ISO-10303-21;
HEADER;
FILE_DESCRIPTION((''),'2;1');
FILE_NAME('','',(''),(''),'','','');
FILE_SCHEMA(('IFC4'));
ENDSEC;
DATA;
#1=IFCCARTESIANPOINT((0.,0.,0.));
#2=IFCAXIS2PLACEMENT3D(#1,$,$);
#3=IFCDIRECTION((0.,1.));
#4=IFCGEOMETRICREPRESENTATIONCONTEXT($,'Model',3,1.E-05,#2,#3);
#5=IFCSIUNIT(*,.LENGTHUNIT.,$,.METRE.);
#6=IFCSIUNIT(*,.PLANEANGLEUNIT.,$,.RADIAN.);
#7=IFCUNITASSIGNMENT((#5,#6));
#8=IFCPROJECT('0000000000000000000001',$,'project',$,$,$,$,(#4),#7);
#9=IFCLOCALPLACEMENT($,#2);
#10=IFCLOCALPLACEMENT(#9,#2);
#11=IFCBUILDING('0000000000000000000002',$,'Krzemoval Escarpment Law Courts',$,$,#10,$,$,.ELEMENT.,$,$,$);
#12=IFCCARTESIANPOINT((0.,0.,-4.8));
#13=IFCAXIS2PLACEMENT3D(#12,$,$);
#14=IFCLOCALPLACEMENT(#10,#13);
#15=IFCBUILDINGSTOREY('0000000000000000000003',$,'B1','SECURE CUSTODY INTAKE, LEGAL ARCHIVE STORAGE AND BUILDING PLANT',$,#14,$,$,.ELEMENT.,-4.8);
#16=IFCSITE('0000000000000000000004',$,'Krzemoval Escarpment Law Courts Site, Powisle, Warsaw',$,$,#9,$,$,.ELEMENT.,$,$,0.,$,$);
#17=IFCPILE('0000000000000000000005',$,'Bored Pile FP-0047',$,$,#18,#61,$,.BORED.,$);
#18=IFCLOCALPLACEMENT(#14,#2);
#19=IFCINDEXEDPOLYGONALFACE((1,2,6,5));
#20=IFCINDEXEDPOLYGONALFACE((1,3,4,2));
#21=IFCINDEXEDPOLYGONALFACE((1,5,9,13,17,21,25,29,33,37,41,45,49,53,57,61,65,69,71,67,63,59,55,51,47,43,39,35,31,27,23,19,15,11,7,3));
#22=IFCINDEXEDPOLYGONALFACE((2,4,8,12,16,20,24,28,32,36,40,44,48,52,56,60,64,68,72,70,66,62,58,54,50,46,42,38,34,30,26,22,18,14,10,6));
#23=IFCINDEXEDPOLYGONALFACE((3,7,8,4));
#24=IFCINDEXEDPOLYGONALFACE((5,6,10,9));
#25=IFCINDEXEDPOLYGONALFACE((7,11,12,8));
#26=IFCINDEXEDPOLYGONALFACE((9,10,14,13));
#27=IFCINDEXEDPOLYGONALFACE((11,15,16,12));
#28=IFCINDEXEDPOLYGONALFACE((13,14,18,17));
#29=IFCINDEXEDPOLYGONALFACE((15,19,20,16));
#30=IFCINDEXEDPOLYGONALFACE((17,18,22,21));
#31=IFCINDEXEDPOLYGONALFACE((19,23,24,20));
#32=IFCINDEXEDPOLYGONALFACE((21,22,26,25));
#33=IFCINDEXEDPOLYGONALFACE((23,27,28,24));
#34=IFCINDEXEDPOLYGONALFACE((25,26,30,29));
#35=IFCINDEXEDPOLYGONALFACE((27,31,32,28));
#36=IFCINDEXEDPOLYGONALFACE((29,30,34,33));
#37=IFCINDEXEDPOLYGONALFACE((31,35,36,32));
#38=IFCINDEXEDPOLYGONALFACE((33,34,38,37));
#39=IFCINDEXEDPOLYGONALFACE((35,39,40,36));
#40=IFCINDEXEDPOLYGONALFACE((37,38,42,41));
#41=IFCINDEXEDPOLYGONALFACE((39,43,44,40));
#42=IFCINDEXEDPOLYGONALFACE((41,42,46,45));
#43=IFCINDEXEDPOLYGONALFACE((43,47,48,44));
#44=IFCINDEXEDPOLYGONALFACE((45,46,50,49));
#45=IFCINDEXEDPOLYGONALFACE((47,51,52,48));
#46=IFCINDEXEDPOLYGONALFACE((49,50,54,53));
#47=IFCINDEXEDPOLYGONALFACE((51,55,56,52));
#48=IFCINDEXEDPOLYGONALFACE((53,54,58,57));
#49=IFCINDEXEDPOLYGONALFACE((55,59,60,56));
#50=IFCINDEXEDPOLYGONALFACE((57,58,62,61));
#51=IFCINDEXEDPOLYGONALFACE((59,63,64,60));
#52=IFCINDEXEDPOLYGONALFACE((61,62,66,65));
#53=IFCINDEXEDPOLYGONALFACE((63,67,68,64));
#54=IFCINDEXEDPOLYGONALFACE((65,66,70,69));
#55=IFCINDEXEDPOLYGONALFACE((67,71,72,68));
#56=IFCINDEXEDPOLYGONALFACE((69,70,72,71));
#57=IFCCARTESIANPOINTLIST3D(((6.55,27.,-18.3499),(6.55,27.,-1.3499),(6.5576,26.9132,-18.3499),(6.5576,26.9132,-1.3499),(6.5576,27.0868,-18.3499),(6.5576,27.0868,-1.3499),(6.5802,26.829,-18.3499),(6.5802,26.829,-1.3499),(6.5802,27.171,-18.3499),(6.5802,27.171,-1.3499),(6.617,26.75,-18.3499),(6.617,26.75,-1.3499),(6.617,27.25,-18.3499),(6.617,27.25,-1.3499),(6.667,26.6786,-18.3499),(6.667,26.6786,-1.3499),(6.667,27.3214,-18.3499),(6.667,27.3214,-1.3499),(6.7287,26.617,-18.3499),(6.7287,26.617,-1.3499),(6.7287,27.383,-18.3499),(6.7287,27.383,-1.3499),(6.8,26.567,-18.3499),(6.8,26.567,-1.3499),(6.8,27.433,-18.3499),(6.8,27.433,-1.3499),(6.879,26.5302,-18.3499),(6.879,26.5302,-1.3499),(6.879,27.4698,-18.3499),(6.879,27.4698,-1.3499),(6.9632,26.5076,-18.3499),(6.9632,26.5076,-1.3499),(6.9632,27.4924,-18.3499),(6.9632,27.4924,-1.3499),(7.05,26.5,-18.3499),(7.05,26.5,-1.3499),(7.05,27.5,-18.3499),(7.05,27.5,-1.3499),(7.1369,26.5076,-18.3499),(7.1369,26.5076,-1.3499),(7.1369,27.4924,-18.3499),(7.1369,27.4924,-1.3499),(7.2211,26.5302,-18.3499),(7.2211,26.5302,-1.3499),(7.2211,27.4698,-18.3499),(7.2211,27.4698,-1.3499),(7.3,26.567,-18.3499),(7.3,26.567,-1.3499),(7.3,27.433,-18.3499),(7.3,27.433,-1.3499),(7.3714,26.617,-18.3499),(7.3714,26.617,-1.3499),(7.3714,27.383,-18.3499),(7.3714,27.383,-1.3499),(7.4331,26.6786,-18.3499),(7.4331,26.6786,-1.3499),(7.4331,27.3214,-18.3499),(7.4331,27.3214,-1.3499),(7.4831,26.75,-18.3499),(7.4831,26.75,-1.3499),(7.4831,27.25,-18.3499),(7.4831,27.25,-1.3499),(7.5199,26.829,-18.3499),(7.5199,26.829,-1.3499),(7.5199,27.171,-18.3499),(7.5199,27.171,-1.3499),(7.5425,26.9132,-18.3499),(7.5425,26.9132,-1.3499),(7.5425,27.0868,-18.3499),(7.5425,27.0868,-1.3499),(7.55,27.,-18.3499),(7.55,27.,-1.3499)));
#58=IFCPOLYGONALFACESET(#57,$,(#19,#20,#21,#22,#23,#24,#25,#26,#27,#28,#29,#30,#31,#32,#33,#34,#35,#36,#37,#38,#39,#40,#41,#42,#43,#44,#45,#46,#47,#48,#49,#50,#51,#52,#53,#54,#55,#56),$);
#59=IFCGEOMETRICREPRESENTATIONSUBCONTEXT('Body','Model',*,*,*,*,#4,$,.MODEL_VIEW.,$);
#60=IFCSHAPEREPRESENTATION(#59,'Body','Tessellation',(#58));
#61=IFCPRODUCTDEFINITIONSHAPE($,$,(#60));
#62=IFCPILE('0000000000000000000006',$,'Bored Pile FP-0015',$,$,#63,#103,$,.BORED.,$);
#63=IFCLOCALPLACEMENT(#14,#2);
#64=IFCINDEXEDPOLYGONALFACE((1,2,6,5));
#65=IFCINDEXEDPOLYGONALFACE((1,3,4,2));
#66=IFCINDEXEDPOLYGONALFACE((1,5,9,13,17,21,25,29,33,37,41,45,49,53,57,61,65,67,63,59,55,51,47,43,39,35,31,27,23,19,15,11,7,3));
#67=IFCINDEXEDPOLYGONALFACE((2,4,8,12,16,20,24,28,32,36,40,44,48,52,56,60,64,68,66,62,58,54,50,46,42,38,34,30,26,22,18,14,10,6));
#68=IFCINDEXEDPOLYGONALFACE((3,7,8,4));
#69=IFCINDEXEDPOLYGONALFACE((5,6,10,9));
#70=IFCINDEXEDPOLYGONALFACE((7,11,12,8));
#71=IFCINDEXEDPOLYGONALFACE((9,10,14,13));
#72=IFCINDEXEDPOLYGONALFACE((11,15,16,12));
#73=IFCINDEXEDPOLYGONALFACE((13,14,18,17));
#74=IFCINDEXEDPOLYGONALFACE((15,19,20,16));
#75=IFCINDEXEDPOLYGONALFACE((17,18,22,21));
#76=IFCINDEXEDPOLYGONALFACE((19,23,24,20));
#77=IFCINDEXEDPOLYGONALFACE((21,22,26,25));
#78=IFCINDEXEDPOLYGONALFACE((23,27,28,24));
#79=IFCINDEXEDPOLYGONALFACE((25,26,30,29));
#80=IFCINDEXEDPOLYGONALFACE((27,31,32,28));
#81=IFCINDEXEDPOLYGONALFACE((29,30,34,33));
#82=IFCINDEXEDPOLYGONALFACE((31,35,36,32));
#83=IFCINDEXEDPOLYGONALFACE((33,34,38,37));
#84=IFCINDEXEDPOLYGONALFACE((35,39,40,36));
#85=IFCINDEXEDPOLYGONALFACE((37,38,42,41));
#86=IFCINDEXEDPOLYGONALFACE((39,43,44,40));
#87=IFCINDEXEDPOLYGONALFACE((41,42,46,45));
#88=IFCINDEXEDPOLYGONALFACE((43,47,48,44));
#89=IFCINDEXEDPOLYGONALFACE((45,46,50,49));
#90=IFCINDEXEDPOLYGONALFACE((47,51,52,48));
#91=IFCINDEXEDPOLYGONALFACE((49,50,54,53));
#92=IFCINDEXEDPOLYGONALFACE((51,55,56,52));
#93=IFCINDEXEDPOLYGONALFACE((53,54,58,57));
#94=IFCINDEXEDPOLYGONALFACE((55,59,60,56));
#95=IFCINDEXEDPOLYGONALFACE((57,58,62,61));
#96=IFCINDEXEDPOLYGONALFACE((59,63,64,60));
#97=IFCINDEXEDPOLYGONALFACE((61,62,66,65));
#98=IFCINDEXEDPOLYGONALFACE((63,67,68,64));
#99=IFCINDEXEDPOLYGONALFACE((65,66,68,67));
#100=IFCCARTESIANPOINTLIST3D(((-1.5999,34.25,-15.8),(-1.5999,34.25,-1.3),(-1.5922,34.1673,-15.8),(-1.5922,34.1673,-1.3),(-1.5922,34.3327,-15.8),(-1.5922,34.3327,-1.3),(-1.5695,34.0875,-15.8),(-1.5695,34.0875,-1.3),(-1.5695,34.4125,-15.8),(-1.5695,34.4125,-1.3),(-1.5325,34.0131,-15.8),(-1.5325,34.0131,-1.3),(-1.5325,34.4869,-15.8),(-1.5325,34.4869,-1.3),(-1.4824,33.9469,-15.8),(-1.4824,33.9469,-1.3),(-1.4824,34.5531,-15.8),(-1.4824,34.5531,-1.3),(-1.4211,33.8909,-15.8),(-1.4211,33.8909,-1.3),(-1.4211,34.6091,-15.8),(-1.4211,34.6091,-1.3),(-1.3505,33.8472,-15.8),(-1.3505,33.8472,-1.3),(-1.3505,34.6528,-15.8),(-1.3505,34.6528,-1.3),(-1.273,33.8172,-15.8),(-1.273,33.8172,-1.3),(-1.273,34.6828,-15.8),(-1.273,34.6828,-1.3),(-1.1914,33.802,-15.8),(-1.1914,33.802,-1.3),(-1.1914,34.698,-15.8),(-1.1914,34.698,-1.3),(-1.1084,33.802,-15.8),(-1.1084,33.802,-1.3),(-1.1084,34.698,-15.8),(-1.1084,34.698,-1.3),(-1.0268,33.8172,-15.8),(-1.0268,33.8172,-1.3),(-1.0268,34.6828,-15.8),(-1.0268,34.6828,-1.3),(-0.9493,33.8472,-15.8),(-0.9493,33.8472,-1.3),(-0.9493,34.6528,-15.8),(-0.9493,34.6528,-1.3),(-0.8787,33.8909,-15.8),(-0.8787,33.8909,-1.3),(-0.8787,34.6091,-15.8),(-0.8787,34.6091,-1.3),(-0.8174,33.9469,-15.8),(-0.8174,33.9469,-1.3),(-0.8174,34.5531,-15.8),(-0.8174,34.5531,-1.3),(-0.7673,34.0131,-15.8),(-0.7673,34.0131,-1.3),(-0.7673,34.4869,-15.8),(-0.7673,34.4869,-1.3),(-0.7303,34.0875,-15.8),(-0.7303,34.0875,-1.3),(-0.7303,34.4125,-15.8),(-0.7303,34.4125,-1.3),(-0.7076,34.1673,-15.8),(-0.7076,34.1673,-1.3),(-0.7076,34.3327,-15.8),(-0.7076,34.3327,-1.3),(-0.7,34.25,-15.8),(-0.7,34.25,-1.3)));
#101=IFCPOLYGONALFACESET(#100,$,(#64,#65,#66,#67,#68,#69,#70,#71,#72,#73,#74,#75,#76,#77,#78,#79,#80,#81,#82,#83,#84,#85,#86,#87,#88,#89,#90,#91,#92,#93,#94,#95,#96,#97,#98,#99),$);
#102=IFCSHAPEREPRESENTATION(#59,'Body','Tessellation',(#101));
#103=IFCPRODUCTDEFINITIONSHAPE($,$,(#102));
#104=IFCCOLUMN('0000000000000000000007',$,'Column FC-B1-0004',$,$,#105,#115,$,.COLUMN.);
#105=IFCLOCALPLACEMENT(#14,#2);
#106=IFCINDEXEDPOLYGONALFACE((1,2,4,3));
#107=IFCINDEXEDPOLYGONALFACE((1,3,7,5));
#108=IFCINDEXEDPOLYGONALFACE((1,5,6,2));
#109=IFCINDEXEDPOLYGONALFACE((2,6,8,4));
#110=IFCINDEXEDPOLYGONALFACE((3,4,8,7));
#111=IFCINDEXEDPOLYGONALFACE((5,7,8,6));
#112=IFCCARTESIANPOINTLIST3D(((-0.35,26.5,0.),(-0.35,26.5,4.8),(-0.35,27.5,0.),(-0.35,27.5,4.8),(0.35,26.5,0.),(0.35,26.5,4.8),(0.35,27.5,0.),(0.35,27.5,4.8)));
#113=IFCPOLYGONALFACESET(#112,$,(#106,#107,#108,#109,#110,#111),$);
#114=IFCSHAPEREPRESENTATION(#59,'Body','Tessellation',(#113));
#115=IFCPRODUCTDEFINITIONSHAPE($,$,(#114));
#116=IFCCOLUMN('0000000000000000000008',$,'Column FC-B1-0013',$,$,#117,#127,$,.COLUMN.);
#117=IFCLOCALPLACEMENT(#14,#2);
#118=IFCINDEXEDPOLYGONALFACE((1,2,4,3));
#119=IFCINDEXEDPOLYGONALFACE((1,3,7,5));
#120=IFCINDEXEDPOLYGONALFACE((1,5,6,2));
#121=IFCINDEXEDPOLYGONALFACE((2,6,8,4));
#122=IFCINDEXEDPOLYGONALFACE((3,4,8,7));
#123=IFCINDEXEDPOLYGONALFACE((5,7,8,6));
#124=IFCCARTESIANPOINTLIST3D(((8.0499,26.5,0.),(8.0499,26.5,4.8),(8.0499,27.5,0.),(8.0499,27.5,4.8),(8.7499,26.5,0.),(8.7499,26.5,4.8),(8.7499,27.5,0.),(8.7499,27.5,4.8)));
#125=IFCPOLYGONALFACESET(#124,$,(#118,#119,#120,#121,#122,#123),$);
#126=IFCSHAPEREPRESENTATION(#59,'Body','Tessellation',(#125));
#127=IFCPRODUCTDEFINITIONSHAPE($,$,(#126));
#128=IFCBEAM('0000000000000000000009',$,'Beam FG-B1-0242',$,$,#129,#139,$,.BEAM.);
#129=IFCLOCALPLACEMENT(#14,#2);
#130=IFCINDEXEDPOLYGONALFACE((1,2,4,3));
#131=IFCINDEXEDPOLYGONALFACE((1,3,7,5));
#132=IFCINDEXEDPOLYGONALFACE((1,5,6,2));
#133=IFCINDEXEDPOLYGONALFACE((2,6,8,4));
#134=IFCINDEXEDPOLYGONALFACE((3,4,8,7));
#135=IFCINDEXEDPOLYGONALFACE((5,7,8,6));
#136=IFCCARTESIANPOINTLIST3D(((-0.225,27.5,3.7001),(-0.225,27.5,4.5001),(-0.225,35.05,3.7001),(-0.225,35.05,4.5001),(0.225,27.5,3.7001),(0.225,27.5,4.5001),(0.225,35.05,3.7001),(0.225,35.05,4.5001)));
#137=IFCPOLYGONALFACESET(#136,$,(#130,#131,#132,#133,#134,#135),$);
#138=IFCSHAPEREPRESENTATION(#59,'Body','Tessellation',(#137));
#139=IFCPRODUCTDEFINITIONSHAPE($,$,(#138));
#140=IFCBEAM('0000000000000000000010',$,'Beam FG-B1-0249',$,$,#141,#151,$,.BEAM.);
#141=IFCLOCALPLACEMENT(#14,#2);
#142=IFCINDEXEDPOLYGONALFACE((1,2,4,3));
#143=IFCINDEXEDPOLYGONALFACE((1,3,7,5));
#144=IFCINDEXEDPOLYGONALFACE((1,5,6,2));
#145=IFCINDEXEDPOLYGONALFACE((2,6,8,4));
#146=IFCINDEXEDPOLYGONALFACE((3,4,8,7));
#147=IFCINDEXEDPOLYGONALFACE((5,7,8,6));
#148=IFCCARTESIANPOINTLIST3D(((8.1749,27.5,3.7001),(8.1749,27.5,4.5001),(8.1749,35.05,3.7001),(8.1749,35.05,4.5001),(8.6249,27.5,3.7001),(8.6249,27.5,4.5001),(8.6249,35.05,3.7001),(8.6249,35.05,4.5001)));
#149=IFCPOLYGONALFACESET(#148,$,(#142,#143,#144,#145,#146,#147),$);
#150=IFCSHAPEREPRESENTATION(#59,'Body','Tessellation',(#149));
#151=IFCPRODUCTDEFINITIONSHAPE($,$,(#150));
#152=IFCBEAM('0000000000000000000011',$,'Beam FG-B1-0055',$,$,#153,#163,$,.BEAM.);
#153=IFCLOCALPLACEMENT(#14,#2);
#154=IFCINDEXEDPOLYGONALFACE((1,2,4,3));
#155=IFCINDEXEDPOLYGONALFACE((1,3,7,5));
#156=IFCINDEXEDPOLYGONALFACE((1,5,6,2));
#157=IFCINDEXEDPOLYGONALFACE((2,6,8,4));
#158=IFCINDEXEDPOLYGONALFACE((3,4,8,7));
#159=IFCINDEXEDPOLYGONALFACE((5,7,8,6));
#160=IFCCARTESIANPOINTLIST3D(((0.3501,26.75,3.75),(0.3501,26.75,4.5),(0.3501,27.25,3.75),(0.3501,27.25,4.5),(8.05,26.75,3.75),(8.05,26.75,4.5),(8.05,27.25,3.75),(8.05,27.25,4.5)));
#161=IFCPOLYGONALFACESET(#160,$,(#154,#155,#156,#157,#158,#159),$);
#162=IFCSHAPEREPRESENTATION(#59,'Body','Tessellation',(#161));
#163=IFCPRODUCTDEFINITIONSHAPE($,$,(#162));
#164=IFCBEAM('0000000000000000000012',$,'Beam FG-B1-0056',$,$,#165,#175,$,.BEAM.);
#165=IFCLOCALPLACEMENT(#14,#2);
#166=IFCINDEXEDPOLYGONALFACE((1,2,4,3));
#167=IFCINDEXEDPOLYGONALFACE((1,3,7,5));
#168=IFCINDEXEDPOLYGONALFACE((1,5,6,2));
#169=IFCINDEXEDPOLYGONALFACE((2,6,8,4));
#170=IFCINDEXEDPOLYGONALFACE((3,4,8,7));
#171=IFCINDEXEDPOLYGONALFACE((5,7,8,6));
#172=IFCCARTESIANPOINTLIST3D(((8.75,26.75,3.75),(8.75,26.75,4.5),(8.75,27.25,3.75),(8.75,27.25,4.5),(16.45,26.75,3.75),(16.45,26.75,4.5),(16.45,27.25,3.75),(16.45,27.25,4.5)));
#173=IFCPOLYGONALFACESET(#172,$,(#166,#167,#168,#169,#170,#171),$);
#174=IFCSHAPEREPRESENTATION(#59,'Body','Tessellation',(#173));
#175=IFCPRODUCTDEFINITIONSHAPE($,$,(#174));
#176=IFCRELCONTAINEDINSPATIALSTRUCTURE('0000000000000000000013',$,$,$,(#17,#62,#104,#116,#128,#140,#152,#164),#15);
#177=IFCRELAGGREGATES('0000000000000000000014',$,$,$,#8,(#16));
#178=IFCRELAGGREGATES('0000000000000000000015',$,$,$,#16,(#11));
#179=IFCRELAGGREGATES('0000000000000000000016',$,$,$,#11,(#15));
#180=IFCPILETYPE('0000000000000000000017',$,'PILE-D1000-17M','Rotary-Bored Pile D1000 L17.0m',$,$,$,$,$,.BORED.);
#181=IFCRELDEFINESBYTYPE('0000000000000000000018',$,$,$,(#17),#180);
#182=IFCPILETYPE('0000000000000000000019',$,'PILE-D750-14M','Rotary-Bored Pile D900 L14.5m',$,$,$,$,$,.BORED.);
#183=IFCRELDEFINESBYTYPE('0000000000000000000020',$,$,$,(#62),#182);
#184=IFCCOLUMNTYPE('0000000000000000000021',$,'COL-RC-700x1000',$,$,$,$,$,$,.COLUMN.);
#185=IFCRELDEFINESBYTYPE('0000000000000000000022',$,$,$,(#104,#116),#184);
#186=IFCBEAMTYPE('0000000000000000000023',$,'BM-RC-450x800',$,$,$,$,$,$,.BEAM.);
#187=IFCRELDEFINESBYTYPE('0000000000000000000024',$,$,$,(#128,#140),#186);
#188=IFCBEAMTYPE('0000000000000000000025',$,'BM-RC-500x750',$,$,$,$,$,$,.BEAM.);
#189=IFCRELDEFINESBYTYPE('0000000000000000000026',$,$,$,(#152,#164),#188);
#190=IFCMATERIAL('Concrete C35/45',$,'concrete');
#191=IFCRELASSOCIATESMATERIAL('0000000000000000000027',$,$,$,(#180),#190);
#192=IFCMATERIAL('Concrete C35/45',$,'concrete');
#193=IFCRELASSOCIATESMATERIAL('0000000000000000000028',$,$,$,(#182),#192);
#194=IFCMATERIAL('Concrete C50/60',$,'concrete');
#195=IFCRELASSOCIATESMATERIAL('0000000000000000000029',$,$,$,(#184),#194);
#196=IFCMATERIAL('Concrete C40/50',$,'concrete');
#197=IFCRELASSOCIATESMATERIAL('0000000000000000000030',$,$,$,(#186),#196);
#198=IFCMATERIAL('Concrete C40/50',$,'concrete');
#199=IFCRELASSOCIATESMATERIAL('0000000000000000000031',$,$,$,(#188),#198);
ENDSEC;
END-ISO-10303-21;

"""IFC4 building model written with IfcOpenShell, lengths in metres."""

from ifc_helpers import new_model, si_unit, direction, frame, origin, origin_2d, place, context, subcontext, project, spatial, rectangle, circle, extrude, material, material_profile, profile_set, type_object, element, save


model = new_model("IFC4")

# Units and contexts
model_context = context("Model", 3, precision=1e-05, world=origin(), true_north=direction((0.0, 1.0)))
body_context = subcontext(model_context, "Body", "Model", "MODEL_VIEW")
ifc_project = project(units=[si_unit("LENGTHUNIT", "METRE"), si_unit("PLANEANGLEUNIT", "RADIAN")], contexts=[model_context])

# Site, building, storey
site_placement = place(None, origin())
site = spatial("IfcSite", under=ifc_project, at=site_placement, Name="Krzemoval Escarpment Law Courts Site, Powisle, Warsaw", CompositionType="ELEMENT", RefElevation=0.0)
building_placement = place(site_placement, origin())
building = spatial("IfcBuilding", under=site, at=building_placement, Name="Krzemoval Escarpment Law Courts", CompositionType="ELEMENT")
storey_placement = place(building_placement, frame((0.0, 0.0, -4.8)))
storey = spatial("IfcBuildingStorey", under=building, at=storey_placement, Name="B1", Description="SECURE CUSTODY INTAKE, LEGAL ARCHIVE STORAGE AND BUILDING PLANT", CompositionType="ELEMENT", Elevation=-4.8)

# Piles
ifc_material_1 = material(Name="Concrete C35/45", Category="concrete")
ifc_material_profile_1 = material_profile(ifc_material_1, circle(Radius=0.5, at=origin_2d()), Name="PILE D1000")
ifc_profile_set_1 = profile_set([ifc_material_profile_1], Name="Concrete C35/45")
pile_type_1 = type_object("IfcPileType", Name="PILE-D1000-17M", Description="Rotary-Bored Pile D1000 L17.0m", PredefinedType="BORED", material=ifc_profile_set_1)
for number, where, z_axis, x_axis, name in (
    (1, (7.05, 27.0, -1.3499), (0.0, 0.0, -1.0), (1.0, 0.0, 0.0), "Bored Pile FP-0047"),
):
    element("IfcPile", number, at=place(storey_placement, frame(where, z_axis=z_axis, x_axis=x_axis)), inside=storey, type_object=pile_type_1, Name=name, PredefinedType="BORED", context=body_context, shape_type="SweptSolid", body=[
        extrude(circle(Radius=0.5, at=origin_2d()), origin(), (0.0, 0.0, 1.0), 17.0),
    ])
ifc_material_2 = material(Name="Concrete C35/45", Category="concrete")
ifc_material_profile_2 = material_profile(ifc_material_2, circle(Radius=0.45, at=origin_2d()), Name="PILE D900")
ifc_profile_set_2 = profile_set([ifc_material_profile_2], Name="Concrete C35/45")
pile_type_2 = type_object("IfcPileType", Name="PILE-D750-14M", Description="Rotary-Bored Pile D900 L14.5m", PredefinedType="BORED", material=ifc_profile_set_2)
pile_placement = place(storey_placement, frame((-1.1499, 34.25, -1.3), z_axis=(0.0, 0.0, -1.0), x_axis=(1.0, 0.0, 0.0)))
element("IfcPile", 2, at=pile_placement, inside=storey, type_object=pile_type_2, Name="Bored Pile FP-0015", PredefinedType="BORED", context=body_context, shape_type="SweptSolid", body=[
    extrude(circle(Radius=0.45, at=origin_2d()), origin(), (0.0, 0.0, 1.0), 14.5),
])

# Columns
ifc_material_3 = material(Name="Concrete C50/60", Category="concrete")
ifc_material_profile_3 = material_profile(ifc_material_3, rectangle(XDim=0.7, YDim=1.0, at=origin_2d()), Name="RC 700x1000")
ifc_profile_set_3 = profile_set([ifc_material_profile_3], Name="Concrete C50/60")
column_type = type_object("IfcColumnType", Name="COL-RC-700x1000", PredefinedType="COLUMN", material=ifc_profile_set_3)
for number, where, z_axis, x_axis, name in (
    (3, (0.0, 27.0, 0.0), (0.0, 0.0, 1.0), (1.0, 0.0, 0.0), "Column FC-B1-0004"),
    (4, (8.3999, 27.0, 0.0), (0.0, 0.0, 1.0), (1.0, 0.0, 0.0), "Column FC-B1-0013"),
):
    element("IfcColumn", number, at=place(storey_placement, frame(where, z_axis=z_axis, x_axis=x_axis)), inside=storey, type_object=column_type, Name=name, PredefinedType="COLUMN", context=body_context, shape_type="SweptSolid", body=[
        extrude(rectangle(XDim=0.7, YDim=1.0, at=origin_2d()), origin(), (0.0, 0.0, 1.0), 4.8),
    ])

# Beams
ifc_material_4 = material(Name="Concrete C40/50", Category="concrete")
ifc_material_profile_4 = material_profile(ifc_material_4, rectangle(XDim=0.45, YDim=0.8, at=origin_2d()), Name="RCB 450x800")
ifc_profile_set_4 = profile_set([ifc_material_profile_4], Name="Concrete C40/50")
beam_type_1 = type_object("IfcBeamType", Name="BM-RC-450x800", PredefinedType="BEAM", material=ifc_profile_set_4)
for number, where, z_axis, x_axis, name in (
    (5, (0.0, 27.5, 4.1001), (0.0, 1.0, 0.0), (-1.0, 0.0, 0.0), "Beam FG-B1-0242"),
    (6, (8.3999, 27.5, 4.1001), (0.0, 1.0, 0.0), (-1.0, 0.0, 0.0), "Beam FG-B1-0249"),
):
    element("IfcBeam", number, at=place(storey_placement, frame(where, z_axis=z_axis, x_axis=x_axis)), inside=storey, type_object=beam_type_1, Name=name, PredefinedType="BEAM", context=body_context, shape_type="SweptSolid", body=[
        extrude(rectangle(XDim=0.45, YDim=0.8, at=origin_2d()), origin(), (0.0, 0.0, 1.0), 7.55),
    ])
ifc_material_5 = material(Name="Concrete C40/50", Category="concrete")
ifc_material_profile_5 = material_profile(ifc_material_5, rectangle(XDim=0.5, YDim=0.75, at=origin_2d()), Name="RCB 500x750")
ifc_profile_set_5 = profile_set([ifc_material_profile_5], Name="Concrete C40/50")
beam_type_2 = type_object("IfcBeamType", Name="BM-RC-500x750", PredefinedType="BEAM", material=ifc_profile_set_5)
for number, where, z_axis, x_axis, name in (
    (7, (0.3501, 27.0, 4.125), (1.0, 0.0, 0.0), (0.0, 1.0, 0.0), "Beam FG-B1-0055"),
    (8, (8.75, 27.0, 4.125), (1.0, 0.0, 0.0), (0.0, 1.0, 0.0), "Beam FG-B1-0056"),
):
    element("IfcBeam", number, at=place(storey_placement, frame(where, z_axis=z_axis, x_axis=x_axis)), inside=storey, type_object=beam_type_2, Name=name, PredefinedType="BEAM", context=body_context, shape_type="SweptSolid", body=[
        extrude(rectangle(XDim=0.5, YDim=0.75, at=origin_2d()), origin(), (0.0, 0.0, 1.0), 7.7),
    ])

save(model, "model.ifc")
